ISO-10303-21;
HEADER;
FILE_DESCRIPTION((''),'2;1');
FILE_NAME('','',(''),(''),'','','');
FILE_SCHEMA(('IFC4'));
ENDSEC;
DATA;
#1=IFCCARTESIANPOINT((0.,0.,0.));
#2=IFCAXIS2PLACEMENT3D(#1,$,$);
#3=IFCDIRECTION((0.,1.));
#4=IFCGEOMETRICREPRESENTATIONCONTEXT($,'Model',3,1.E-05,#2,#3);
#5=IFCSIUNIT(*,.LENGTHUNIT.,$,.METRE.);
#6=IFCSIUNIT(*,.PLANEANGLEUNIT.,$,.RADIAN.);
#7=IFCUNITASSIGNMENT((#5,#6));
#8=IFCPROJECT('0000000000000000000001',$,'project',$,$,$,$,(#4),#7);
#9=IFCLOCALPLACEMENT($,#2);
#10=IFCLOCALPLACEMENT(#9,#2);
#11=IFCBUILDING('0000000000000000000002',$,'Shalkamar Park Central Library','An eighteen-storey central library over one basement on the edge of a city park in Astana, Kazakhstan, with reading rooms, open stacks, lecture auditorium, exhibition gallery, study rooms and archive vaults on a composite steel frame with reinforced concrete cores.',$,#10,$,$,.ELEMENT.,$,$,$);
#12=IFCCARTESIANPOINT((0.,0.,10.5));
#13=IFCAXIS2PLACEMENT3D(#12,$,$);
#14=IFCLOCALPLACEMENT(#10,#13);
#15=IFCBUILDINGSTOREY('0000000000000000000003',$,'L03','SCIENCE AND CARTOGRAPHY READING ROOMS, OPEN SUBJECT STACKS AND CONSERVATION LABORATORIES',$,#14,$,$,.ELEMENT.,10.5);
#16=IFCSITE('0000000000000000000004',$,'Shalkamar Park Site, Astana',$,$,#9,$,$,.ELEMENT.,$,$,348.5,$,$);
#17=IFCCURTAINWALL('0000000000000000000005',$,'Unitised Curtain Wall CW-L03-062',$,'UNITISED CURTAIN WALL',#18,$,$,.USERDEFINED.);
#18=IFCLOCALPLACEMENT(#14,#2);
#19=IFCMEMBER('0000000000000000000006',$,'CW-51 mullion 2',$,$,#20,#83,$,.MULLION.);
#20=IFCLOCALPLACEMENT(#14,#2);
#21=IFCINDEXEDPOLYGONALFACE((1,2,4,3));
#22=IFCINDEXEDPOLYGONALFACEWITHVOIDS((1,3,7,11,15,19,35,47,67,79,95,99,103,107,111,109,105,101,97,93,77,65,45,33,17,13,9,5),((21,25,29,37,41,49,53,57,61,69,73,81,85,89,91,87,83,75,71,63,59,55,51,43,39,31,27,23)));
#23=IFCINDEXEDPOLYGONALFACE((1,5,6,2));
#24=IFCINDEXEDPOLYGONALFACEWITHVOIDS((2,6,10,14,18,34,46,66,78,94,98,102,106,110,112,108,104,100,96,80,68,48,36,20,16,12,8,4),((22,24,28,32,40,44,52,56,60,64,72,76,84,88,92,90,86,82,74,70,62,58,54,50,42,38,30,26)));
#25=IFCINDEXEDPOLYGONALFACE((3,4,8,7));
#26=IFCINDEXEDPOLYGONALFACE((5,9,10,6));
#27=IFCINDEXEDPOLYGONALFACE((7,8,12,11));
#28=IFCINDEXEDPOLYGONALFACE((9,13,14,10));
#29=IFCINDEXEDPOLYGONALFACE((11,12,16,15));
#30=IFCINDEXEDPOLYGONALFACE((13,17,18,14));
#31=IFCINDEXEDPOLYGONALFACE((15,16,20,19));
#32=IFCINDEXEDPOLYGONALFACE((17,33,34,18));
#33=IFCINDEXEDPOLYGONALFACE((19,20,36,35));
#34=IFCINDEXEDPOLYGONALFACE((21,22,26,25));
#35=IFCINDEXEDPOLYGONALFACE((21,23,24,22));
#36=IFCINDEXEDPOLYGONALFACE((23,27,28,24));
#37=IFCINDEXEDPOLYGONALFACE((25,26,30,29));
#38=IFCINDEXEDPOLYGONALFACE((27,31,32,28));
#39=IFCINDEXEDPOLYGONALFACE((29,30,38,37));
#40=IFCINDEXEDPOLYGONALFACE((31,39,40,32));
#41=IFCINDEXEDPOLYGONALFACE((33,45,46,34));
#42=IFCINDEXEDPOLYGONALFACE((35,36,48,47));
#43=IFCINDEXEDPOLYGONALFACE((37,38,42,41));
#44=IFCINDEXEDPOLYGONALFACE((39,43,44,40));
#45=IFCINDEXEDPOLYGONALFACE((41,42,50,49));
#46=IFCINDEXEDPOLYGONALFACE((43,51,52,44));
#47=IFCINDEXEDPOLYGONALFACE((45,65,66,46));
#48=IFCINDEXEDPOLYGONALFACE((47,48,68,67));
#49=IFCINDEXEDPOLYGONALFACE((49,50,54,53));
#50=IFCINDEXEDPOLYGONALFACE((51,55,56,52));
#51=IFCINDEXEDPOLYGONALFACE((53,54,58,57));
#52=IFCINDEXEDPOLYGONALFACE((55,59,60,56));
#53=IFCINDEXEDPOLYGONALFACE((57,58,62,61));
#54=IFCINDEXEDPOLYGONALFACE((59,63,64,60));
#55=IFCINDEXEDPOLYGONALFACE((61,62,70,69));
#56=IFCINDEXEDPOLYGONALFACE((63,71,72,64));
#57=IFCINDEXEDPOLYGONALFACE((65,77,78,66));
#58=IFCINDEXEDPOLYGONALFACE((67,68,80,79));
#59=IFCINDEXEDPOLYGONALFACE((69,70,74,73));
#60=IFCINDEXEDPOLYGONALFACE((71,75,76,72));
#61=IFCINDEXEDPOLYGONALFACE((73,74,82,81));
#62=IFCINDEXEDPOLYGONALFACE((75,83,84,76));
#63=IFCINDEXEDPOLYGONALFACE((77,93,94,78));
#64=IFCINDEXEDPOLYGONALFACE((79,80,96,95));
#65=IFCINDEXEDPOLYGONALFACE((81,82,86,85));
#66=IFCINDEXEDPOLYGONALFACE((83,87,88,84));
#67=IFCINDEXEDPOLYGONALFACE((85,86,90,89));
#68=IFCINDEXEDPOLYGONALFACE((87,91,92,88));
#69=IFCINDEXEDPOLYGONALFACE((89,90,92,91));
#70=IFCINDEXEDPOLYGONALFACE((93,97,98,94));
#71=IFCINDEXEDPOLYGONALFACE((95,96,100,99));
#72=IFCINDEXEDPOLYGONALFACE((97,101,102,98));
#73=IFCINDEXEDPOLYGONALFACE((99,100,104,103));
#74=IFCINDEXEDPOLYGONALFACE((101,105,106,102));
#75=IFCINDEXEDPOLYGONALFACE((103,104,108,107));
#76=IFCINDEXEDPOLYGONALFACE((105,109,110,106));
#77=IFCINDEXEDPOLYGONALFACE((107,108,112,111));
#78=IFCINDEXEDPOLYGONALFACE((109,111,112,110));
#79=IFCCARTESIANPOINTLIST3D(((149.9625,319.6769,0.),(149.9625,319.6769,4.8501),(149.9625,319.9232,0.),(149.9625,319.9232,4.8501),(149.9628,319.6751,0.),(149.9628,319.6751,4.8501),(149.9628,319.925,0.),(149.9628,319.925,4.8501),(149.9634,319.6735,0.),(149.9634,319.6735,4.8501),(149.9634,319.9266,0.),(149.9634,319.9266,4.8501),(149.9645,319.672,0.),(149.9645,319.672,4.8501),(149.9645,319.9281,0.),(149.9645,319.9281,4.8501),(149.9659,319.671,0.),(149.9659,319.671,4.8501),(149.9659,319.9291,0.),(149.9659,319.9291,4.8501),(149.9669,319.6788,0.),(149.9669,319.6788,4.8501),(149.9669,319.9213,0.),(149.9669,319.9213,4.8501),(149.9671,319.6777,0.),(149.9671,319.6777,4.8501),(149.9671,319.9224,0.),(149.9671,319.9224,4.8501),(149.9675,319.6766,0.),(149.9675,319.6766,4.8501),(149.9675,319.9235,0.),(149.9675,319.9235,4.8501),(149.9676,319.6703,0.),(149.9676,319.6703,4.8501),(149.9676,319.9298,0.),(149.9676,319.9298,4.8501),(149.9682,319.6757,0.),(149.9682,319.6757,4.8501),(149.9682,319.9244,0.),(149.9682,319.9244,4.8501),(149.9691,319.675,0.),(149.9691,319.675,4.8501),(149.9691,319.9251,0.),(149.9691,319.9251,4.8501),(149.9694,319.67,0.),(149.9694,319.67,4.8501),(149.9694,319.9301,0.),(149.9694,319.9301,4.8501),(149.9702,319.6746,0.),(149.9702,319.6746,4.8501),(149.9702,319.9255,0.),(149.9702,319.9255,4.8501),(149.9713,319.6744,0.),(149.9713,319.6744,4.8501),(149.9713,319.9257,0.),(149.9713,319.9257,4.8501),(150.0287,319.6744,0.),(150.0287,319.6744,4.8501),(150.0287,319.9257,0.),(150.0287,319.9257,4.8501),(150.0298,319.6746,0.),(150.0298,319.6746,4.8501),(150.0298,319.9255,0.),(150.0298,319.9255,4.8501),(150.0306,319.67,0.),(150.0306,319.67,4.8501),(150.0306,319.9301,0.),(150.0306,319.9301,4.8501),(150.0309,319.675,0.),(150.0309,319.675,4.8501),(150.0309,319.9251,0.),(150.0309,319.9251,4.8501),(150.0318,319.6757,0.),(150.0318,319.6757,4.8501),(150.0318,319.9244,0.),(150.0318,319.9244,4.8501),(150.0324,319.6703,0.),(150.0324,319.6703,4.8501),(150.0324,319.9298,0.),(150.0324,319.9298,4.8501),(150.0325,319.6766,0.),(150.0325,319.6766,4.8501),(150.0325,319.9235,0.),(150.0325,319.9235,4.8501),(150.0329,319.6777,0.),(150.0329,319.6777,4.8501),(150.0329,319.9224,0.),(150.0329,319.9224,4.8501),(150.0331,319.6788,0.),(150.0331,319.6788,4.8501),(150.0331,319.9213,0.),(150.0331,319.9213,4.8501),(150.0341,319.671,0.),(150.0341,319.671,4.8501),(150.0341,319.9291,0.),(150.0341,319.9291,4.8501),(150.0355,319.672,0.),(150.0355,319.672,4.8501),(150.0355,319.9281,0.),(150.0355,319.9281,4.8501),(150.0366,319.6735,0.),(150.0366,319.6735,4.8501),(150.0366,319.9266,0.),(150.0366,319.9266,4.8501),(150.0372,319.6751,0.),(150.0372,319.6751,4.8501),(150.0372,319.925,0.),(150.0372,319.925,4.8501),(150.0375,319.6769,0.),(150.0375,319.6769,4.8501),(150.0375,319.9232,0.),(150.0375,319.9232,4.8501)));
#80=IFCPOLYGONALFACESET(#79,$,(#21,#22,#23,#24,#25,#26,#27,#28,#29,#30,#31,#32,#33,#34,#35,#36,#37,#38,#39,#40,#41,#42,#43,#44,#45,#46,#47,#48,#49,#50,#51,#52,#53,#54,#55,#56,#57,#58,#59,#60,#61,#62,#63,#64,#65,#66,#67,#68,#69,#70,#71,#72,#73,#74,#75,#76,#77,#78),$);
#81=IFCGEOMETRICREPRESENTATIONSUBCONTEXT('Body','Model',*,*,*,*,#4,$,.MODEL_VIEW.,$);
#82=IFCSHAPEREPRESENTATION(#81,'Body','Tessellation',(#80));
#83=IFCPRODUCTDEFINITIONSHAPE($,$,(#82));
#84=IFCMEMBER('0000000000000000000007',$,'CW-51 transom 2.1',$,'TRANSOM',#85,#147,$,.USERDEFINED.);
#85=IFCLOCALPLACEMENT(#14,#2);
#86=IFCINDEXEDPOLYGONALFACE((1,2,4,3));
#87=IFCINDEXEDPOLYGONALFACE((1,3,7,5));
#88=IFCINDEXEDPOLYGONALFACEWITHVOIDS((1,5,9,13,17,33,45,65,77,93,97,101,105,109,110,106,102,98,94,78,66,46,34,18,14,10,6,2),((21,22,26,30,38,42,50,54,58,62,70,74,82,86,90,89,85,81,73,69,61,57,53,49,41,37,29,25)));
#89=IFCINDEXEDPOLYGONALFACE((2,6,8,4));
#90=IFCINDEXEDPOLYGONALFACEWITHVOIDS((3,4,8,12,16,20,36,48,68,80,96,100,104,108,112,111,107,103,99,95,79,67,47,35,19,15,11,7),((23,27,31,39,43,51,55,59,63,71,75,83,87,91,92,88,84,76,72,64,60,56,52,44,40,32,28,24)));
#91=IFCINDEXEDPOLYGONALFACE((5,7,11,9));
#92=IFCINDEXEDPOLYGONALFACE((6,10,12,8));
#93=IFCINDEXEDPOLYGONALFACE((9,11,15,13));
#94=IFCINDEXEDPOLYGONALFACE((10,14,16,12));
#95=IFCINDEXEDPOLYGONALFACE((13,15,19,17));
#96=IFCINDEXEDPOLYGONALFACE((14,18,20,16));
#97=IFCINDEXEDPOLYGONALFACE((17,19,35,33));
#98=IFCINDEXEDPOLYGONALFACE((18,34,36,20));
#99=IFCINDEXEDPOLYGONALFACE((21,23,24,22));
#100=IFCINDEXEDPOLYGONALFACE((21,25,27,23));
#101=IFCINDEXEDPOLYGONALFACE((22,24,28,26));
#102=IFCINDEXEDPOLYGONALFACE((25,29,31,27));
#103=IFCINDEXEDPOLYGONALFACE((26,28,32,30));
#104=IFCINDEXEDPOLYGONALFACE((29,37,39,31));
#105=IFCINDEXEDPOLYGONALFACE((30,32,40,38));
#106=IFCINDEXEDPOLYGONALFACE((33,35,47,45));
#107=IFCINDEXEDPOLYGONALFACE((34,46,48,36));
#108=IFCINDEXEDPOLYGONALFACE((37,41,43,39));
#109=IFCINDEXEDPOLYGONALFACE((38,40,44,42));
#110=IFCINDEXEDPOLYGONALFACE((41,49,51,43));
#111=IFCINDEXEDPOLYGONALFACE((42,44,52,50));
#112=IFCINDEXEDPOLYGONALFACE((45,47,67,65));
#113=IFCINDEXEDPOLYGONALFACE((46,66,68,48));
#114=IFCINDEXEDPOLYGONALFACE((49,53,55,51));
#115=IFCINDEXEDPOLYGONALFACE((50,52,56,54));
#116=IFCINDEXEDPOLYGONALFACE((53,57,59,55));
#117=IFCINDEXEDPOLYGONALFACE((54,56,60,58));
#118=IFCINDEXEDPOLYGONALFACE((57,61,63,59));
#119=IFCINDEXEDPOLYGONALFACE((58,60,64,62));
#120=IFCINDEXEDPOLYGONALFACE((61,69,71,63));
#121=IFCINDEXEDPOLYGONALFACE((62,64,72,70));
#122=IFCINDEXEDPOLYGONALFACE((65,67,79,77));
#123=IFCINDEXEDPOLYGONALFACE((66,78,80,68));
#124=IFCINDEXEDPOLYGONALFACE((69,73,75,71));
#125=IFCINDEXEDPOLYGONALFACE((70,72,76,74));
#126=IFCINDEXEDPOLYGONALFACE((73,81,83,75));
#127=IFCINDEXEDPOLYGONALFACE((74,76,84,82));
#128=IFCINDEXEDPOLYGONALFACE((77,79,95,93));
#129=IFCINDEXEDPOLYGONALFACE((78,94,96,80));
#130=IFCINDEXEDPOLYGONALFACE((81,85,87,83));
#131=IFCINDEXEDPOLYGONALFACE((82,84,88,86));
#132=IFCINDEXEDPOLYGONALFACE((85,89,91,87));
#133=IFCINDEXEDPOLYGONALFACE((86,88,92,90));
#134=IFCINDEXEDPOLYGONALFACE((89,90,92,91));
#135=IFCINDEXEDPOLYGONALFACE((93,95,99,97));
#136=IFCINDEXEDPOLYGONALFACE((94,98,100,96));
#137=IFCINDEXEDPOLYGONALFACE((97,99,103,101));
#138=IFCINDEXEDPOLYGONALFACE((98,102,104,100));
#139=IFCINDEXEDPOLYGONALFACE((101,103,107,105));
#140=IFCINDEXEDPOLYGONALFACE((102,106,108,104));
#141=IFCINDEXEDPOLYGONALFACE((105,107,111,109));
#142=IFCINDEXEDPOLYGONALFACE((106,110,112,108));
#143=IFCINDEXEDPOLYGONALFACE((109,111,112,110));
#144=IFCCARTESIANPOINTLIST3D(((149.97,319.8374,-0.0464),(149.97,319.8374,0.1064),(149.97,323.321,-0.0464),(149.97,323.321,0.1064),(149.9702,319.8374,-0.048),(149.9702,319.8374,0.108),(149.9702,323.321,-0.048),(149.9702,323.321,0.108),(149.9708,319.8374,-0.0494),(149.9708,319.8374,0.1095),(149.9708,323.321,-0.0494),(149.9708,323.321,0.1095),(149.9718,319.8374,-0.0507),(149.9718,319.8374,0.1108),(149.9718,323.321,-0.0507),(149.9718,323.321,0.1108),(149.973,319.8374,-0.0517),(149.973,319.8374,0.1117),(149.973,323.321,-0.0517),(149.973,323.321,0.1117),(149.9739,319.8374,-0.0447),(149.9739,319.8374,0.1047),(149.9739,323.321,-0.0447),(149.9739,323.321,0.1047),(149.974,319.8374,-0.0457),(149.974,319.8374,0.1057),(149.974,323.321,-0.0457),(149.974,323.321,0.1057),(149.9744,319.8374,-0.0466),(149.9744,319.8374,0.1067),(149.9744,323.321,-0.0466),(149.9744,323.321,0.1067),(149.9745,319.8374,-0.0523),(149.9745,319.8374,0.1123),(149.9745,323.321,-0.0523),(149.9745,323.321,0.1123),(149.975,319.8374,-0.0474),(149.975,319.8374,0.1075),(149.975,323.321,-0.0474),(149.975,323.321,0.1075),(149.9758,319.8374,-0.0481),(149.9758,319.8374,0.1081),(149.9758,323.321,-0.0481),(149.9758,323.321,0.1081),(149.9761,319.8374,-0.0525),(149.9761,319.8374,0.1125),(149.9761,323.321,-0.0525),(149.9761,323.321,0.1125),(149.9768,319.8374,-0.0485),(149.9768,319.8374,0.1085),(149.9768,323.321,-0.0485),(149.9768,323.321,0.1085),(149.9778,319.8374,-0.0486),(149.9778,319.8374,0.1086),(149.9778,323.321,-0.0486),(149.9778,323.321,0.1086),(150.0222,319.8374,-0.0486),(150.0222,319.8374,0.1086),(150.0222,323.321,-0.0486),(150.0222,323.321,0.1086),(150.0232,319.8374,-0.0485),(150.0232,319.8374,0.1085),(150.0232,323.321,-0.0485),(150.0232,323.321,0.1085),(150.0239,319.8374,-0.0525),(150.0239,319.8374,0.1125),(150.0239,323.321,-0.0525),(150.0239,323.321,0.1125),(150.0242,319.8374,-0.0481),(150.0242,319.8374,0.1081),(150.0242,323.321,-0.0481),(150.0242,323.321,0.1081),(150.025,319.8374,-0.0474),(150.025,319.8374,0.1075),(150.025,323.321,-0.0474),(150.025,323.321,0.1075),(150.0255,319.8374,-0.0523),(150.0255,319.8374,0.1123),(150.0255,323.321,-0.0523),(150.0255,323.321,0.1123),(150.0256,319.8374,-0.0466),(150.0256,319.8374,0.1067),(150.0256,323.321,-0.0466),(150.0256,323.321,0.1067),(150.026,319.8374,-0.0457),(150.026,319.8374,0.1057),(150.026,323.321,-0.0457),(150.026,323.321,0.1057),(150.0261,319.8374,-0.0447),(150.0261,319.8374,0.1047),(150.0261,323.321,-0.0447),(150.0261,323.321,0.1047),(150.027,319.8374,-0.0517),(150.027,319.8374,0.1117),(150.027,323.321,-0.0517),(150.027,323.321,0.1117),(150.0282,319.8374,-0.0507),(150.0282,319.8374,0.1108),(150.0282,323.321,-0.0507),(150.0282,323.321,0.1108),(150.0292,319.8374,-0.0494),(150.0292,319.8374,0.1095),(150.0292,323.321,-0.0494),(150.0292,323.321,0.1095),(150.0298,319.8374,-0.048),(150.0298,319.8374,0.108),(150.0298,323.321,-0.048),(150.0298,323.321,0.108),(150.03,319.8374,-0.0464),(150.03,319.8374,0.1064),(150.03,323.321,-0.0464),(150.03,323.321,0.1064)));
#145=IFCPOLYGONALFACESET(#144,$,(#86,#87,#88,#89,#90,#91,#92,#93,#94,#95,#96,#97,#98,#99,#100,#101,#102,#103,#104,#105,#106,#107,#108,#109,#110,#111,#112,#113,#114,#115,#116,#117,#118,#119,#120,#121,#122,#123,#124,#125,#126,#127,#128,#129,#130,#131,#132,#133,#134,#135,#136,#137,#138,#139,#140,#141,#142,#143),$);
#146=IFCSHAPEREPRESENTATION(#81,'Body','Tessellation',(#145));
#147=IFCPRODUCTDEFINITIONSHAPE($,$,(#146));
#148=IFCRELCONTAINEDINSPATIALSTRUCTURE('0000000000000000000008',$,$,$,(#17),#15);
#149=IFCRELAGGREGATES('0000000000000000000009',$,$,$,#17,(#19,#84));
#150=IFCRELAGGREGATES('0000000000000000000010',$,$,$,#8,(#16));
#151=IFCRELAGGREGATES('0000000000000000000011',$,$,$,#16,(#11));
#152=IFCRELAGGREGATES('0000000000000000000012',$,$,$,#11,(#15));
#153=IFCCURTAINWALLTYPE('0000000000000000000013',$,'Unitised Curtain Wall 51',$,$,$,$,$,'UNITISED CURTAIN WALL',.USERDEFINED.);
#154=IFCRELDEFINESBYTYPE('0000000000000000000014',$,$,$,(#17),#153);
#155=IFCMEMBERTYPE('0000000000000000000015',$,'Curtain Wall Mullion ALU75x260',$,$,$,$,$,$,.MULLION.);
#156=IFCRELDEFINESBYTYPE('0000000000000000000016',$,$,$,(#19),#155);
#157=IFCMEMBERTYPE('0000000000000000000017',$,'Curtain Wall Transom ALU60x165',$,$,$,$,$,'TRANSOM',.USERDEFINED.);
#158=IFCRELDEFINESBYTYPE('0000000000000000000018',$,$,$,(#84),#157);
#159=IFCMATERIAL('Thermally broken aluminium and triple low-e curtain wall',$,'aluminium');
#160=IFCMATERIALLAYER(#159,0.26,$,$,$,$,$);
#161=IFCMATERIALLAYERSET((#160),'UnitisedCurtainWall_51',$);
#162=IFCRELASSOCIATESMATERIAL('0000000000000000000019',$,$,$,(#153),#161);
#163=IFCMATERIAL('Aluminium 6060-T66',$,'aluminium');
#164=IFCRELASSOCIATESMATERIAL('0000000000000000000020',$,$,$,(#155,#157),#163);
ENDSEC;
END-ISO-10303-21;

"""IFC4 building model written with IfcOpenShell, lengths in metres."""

from ifc_helpers import new_model, si_unit, direction, frame, origin, origin_2d, place, context, subcontext, project, spatial, hollow_rectangle, extrude, material, layer, layer_set, material_profile, profile_set, type_object, element, aggregate, save


model = new_model("IFC4")

# Units and contexts
model_context = context("Model", 3, precision=1e-05, world=origin(), true_north=direction((0.0, 1.0)))
body_context = subcontext(model_context, "Body", "Model", "MODEL_VIEW")
ifc_project = project(units=[si_unit("LENGTHUNIT", "METRE"), si_unit("PLANEANGLEUNIT", "RADIAN")], contexts=[model_context])

# Site, building, storey
site_placement = place(None, origin())
site = spatial("IfcSite", under=ifc_project, at=site_placement, Name="Shalkamar Park Site, Astana", CompositionType="ELEMENT", RefElevation=348.5)
building_placement = place(site_placement, origin())
building = spatial("IfcBuilding", under=site, at=building_placement, Name="Shalkamar Park Central Library", Description="An eighteen-storey central library over one basement on the edge of a city park in Astana, Kazakhstan, with reading rooms, open stacks, lecture auditorium, exhibition gallery, study rooms and archive vaults on a composite steel frame with reinforced concrete cores.", CompositionType="ELEMENT")
storey_placement = place(building_placement, frame((0.0, 0.0, 10.5)))
storey = spatial("IfcBuildingStorey", under=building, at=storey_placement, Name="L03", Description="SCIENCE AND CARTOGRAPHY READING ROOMS, OPEN SUBJECT STACKS AND CONSERVATION LABORATORIES", CompositionType="ELEMENT", Elevation=10.5)

# Curtain wall, members
ifc_material_1 = material(Name="Thermally broken aluminium and triple low-e curtain wall", Category="aluminium")
ifc_layer_1 = layer(ifc_material_1, 0.26)
ifc_layer_set_1 = layer_set([ifc_layer_1], Name="UnitisedCurtainWall_51")
curtain_wall_type = type_object("IfcCurtainWallType", Name="Unitised Curtain Wall 51", ElementType="UNITISED CURTAIN WALL", PredefinedType="USERDEFINED", material=ifc_layer_set_1)
curtain_wall_placement = place(storey_placement, origin())
curtain_wall = element("IfcCurtainWall", 1, at=curtain_wall_placement, inside=storey, type_object=curtain_wall_type, Name="Unitised Curtain Wall CW-L03-062", ObjectType="UNITISED CURTAIN WALL", PredefinedType="USERDEFINED")
ifc_material_2 = material(Name="Aluminium 6060-T66", Category="aluminium")
ifc_material_profile_1 = material_profile(ifc_material_2, hollow_rectangle(XDim=0.075, YDim=0.26, WallThickness=0.0044, InnerFilletRadius=0.0044, OuterFilletRadius=0.0068, at=origin_2d()), Name="ALU 75x260x4.5")
ifc_profile_set_1 = profile_set([ifc_material_profile_1], Name="Aluminium 6060-T66")
member_type_1 = type_object("IfcMemberType", Name="Curtain Wall Mullion ALU75x260", PredefinedType="MULLION", material=ifc_profile_set_1)
member_1_placement = place(storey_placement, frame((150.0, 319.8, 0.0), z_axis=(0.0, 0.0, 1.0), x_axis=(-1.0, 0.0, 0.0)))
member_1 = element("IfcMember", 2, at=member_1_placement, type_object=member_type_1, Name="CW-51 mullion 2", PredefinedType="MULLION", context=body_context, shape_type="SweptSolid", body=[
    extrude(hollow_rectangle(XDim=0.075, YDim=0.26, WallThickness=0.0044, InnerFilletRadius=0.0044, OuterFilletRadius=0.0068, at=origin_2d()), origin(), (0.0, 0.0, 1.0), 4.8501),
])
ifc_material_profile_2 = material_profile(ifc_material_2, hollow_rectangle(XDim=0.0601, YDim=0.165, WallThickness=0.0039, InnerFilletRadius=0.0039, OuterFilletRadius=0.0061, at=origin_2d()), Name="ALU 60x165x4")
ifc_profile_set_2 = profile_set([ifc_material_profile_2], Name="Aluminium 6060-T66")
member_type_2 = type_object("IfcMemberType", Name="Curtain Wall Transom ALU60x165", ElementType="TRANSOM", PredefinedType="USERDEFINED", material=ifc_profile_set_2)
member_2_placement = place(storey_placement, frame((150.0, 319.8374, 0.03), z_axis=(0.0, 1.0, 0.0), x_axis=(-1.0, 0.0, 0.0)))
member_2 = element("IfcMember", 3, at=member_2_placement, type_object=member_type_2, Name="CW-51 transom 2.1", ObjectType="TRANSOM", PredefinedType="USERDEFINED", context=body_context, shape_type="SweptSolid", body=[
    extrude(hollow_rectangle(XDim=0.0601, YDim=0.165, WallThickness=0.0039, InnerFilletRadius=0.0039, OuterFilletRadius=0.0061, at=origin_2d()), origin(), (0.0, 0.0, 1.0), 3.4836),
])

aggregate(curtain_wall, [member_1, member_2])

save(model, "model.ifc")
